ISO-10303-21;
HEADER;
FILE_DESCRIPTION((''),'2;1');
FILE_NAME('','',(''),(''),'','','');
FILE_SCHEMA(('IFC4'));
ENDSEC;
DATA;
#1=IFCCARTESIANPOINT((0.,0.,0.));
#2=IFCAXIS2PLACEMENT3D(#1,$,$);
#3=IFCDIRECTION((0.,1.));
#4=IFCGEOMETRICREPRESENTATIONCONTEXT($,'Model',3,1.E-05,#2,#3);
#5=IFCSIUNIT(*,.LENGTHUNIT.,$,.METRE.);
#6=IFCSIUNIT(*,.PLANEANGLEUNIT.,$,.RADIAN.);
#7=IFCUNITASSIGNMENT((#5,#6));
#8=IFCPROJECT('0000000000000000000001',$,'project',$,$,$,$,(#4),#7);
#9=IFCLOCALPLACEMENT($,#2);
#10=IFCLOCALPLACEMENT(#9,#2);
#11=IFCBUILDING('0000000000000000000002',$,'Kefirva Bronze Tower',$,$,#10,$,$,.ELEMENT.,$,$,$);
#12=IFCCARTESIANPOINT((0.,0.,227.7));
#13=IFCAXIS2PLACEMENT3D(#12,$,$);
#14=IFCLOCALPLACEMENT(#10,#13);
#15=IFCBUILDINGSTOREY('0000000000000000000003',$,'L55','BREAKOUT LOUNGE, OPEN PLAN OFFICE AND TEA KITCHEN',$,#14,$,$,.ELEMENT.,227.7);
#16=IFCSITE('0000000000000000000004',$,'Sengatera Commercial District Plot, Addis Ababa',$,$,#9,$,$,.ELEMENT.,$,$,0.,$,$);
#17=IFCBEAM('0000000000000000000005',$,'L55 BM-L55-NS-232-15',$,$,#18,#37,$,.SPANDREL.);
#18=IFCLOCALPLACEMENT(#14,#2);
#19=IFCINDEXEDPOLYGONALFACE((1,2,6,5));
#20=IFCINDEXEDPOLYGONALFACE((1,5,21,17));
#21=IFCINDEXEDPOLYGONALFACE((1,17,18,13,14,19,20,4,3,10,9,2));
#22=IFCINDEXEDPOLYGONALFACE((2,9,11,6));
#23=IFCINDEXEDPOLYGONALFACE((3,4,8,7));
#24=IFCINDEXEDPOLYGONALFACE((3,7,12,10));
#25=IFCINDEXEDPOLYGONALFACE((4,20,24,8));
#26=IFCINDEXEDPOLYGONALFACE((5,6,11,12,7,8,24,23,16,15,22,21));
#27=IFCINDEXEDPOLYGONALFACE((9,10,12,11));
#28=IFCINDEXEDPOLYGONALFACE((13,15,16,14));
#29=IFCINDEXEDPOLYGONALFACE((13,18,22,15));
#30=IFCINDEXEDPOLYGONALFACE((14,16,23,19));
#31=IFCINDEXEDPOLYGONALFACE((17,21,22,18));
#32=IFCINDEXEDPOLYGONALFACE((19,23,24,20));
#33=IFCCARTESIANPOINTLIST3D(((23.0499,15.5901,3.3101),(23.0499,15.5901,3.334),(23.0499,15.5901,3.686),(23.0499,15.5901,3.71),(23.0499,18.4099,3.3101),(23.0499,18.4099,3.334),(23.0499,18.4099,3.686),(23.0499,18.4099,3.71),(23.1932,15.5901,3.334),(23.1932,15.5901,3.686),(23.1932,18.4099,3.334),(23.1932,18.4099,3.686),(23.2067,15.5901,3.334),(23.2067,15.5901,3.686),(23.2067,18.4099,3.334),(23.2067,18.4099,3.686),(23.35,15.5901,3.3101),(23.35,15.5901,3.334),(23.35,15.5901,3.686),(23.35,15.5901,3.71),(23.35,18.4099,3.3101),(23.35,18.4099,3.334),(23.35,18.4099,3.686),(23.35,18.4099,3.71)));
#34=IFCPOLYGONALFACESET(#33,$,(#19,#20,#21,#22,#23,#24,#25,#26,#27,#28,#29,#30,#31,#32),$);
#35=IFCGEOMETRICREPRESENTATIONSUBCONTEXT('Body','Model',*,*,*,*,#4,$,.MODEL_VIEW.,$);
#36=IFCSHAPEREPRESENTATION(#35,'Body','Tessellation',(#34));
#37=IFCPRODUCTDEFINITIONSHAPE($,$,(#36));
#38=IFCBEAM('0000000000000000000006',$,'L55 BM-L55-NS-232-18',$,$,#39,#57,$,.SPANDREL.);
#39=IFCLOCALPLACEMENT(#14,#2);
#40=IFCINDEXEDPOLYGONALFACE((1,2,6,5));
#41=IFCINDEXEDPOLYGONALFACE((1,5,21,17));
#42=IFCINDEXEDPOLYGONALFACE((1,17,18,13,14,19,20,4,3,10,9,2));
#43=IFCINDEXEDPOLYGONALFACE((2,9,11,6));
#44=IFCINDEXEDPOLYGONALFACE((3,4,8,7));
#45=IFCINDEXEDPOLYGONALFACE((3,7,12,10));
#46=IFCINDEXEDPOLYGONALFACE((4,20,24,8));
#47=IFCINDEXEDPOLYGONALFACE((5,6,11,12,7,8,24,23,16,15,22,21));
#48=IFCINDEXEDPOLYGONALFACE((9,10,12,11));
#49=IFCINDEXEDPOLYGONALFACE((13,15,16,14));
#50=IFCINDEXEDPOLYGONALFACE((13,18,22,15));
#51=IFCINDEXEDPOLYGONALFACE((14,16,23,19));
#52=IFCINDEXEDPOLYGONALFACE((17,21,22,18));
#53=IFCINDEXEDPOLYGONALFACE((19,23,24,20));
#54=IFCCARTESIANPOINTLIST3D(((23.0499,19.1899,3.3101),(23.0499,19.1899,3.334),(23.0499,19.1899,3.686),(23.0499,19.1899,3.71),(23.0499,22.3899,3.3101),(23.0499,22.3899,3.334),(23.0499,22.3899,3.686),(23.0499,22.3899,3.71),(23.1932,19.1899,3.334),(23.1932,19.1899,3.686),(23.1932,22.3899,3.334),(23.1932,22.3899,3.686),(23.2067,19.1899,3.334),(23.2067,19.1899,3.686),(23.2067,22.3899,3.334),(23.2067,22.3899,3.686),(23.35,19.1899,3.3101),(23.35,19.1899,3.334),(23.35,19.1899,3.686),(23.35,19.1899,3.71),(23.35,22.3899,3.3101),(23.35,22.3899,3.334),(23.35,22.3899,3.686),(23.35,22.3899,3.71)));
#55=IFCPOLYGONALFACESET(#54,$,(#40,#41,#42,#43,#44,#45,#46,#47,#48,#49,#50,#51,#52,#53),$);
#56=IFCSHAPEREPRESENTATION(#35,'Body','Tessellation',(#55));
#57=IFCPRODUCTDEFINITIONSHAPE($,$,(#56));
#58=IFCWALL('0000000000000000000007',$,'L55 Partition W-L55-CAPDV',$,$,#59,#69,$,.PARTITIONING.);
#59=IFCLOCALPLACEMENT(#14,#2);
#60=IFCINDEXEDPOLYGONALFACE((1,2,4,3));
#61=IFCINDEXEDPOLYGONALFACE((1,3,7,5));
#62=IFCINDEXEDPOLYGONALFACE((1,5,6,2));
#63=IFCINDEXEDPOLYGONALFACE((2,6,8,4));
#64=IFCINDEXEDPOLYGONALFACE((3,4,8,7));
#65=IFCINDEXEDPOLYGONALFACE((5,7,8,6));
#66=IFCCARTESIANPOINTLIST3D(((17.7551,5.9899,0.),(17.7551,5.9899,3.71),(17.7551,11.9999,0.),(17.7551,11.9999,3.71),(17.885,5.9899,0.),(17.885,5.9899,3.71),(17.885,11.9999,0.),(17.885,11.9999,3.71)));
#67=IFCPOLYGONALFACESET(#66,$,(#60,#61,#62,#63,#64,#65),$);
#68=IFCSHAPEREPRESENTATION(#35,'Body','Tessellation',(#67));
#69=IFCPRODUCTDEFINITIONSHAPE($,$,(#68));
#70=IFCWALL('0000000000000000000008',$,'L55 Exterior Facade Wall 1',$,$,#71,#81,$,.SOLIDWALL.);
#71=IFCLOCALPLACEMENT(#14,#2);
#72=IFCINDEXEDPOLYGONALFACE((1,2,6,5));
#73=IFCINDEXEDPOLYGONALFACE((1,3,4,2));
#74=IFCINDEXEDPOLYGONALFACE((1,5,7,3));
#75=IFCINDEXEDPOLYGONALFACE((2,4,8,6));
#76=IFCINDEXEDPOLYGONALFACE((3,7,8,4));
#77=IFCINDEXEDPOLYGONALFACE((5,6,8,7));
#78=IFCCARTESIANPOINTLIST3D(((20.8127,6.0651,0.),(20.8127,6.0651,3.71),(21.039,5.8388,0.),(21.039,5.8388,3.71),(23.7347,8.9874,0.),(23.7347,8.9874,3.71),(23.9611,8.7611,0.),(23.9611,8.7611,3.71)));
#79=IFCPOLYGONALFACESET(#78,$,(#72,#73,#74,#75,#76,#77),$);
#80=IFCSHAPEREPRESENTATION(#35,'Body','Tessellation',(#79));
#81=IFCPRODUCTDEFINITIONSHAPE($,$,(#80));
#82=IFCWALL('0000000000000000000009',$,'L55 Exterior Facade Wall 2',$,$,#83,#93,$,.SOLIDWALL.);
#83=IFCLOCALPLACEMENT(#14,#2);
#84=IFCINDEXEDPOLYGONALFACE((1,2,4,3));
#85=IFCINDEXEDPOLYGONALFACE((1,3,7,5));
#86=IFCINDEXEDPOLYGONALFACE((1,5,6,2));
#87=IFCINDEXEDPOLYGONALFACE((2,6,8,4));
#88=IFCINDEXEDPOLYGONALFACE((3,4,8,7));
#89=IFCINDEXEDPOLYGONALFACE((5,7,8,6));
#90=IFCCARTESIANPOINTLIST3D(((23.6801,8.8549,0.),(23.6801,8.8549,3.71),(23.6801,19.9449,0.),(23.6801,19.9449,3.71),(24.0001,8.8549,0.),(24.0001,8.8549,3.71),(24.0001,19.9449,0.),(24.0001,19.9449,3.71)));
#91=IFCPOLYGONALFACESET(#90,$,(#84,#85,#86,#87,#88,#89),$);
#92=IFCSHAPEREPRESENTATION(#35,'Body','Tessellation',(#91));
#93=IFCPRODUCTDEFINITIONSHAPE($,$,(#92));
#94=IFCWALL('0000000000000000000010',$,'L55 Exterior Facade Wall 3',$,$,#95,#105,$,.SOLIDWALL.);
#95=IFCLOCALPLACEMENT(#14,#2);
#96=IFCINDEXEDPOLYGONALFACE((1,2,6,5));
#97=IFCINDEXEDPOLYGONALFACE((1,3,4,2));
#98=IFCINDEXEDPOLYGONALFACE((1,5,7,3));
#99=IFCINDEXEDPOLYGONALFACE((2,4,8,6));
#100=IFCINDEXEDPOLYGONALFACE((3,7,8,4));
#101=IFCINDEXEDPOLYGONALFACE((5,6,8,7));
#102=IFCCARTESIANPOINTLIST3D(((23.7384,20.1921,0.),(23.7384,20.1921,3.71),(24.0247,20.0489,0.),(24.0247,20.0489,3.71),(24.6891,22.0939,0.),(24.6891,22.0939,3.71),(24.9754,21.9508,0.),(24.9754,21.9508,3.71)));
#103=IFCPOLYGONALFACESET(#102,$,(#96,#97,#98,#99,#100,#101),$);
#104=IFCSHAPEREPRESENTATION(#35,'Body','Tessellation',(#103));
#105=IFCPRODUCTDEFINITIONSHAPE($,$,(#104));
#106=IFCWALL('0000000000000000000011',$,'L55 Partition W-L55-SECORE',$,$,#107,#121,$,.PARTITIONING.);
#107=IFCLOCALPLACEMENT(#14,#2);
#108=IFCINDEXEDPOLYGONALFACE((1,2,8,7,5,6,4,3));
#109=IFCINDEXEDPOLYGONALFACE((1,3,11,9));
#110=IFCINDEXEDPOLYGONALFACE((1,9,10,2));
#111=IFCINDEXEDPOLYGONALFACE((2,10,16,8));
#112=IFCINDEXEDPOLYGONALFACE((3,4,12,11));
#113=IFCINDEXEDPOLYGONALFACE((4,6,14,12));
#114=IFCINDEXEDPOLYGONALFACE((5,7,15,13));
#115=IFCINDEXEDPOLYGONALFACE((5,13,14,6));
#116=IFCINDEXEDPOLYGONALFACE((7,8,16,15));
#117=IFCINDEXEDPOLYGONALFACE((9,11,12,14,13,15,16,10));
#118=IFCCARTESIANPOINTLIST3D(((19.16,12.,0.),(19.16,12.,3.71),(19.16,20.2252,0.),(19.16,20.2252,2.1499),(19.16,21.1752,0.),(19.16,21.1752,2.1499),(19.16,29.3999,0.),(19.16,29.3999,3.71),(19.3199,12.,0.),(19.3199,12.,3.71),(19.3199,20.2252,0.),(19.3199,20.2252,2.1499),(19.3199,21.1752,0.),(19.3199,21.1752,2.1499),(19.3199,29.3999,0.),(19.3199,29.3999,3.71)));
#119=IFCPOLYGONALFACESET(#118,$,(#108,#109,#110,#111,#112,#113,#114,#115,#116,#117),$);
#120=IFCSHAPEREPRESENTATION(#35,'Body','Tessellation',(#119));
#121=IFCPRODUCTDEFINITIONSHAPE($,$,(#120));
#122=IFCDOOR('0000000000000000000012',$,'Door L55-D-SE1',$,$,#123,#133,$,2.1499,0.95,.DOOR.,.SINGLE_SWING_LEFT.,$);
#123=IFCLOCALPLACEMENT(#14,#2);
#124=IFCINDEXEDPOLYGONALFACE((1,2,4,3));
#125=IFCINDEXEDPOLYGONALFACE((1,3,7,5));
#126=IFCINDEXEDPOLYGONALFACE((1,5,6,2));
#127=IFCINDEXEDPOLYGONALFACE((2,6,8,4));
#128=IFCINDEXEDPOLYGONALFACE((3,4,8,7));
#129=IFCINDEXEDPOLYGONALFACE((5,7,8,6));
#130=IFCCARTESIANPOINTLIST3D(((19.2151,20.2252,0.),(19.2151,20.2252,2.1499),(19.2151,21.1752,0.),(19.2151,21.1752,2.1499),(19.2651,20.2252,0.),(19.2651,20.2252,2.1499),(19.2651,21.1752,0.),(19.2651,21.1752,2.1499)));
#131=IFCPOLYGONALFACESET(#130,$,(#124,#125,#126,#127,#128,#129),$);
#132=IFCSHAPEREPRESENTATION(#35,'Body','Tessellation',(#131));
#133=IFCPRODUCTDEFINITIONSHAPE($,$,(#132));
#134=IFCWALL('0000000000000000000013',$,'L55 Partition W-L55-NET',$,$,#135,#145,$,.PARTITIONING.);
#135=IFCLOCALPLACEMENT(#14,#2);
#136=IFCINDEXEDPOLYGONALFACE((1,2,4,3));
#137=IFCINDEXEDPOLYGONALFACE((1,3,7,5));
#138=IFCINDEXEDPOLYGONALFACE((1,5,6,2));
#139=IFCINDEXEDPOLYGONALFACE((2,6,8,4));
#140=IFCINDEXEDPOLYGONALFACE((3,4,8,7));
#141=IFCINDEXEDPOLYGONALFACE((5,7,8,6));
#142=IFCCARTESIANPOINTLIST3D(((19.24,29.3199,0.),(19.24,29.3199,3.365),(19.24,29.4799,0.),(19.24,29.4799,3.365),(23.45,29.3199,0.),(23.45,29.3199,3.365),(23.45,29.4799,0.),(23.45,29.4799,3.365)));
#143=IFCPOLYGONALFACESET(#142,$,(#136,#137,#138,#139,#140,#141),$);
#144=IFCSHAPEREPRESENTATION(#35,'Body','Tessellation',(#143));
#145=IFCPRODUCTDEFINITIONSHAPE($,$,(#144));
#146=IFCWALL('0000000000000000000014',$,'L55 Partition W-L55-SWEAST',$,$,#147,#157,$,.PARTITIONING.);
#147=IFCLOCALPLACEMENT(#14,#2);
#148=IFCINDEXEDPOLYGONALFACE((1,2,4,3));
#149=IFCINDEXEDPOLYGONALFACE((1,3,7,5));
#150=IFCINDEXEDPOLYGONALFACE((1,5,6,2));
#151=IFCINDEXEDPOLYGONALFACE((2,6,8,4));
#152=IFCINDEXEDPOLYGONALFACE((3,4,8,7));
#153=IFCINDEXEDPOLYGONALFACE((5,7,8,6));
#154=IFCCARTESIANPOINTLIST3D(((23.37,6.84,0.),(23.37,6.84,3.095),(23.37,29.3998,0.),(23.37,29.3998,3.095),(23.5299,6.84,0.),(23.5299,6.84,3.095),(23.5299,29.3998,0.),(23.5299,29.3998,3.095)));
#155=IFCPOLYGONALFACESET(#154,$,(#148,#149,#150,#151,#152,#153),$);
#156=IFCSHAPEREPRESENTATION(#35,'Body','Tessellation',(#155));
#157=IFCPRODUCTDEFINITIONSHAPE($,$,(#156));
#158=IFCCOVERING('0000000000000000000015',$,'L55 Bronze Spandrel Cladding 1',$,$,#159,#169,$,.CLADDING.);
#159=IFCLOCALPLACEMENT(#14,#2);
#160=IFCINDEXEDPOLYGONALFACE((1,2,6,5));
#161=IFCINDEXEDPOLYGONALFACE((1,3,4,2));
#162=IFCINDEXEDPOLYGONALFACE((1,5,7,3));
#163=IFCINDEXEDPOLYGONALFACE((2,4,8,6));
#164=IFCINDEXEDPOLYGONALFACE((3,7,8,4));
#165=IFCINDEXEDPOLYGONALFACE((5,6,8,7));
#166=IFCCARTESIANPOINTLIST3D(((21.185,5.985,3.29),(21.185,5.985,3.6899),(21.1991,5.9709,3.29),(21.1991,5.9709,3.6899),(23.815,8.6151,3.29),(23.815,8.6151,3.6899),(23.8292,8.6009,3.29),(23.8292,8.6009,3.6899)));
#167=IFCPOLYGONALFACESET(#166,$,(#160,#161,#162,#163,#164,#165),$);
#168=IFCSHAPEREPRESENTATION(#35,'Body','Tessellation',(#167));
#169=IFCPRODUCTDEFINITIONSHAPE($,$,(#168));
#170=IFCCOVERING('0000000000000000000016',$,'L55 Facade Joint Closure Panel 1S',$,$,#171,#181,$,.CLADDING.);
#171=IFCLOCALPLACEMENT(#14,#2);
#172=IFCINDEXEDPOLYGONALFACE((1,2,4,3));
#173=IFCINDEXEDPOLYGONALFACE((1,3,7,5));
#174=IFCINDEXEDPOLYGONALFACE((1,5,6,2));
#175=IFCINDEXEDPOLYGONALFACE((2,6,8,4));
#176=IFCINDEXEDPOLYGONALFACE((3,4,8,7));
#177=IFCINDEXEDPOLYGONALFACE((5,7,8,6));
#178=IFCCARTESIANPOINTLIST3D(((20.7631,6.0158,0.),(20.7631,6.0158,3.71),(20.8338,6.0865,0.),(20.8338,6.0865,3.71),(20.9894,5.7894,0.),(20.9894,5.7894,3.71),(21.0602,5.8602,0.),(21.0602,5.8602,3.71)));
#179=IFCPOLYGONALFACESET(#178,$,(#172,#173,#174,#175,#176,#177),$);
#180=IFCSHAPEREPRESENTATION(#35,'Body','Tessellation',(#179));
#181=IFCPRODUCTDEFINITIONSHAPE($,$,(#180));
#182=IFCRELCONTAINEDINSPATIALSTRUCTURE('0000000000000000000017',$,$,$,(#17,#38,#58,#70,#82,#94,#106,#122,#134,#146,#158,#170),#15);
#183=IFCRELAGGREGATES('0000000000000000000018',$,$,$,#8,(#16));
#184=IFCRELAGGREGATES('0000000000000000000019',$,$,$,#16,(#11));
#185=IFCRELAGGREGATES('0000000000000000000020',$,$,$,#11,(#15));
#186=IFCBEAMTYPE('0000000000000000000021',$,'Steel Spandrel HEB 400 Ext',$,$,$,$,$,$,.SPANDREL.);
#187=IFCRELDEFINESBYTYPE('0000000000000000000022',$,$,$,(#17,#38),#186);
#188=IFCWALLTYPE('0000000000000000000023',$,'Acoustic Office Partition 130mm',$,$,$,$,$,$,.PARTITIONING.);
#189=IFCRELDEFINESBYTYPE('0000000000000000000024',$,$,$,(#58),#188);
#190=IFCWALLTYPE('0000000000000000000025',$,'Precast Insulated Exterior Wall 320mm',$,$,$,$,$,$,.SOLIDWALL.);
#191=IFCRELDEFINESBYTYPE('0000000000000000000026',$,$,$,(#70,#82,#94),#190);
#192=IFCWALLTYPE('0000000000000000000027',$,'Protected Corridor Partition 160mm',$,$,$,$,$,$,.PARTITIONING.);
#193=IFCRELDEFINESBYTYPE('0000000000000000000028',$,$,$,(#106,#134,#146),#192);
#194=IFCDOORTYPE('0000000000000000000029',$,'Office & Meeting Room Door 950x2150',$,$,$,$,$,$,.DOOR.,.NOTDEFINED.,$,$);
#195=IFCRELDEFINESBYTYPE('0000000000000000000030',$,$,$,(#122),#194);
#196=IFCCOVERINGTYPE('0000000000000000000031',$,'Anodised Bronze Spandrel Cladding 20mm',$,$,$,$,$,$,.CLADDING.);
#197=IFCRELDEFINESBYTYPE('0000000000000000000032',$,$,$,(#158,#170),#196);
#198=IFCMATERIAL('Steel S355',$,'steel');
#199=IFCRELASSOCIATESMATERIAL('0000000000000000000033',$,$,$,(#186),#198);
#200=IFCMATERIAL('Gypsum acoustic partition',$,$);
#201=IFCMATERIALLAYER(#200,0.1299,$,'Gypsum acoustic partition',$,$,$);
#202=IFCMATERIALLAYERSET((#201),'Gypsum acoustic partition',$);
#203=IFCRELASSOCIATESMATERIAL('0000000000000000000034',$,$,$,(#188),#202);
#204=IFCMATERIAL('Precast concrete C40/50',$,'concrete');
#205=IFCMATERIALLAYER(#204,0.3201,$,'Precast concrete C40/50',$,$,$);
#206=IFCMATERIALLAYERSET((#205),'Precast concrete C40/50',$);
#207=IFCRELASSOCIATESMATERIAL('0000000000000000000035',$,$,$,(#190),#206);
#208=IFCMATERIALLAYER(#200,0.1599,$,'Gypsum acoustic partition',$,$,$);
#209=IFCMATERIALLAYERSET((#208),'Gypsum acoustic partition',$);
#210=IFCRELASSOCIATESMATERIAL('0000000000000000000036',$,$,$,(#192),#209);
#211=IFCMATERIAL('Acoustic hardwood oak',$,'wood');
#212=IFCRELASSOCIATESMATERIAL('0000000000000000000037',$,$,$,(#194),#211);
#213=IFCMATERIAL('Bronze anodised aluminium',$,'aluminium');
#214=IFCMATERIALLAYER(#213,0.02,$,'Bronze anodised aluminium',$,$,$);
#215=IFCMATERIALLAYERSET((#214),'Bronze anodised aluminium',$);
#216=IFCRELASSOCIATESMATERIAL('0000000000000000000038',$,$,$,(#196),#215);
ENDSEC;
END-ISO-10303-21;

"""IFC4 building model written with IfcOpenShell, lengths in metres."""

from ifc_helpers import new_model, si_unit, direction, frame, frame_2d, origin, origin_2d, place, context, subcontext, project, spatial, rectangle, i_section, extrude, material, layer, layer_set, material_profile, profile_set, type_object, element, fill, save


model = new_model("IFC4")

# Units and contexts
model_context = context("Model", 3, precision=1e-05, world=origin(), true_north=direction((0.0, 1.0)))
body_context = subcontext(model_context, "Body", "Model", "MODEL_VIEW")
ifc_project = project(units=[si_unit("LENGTHUNIT", "METRE"), si_unit("PLANEANGLEUNIT", "RADIAN")], contexts=[model_context])

# Site, building, storey
site_placement = place(None, origin())
site = spatial("IfcSite", under=ifc_project, at=site_placement, Name="Sengatera Commercial District Plot, Addis Ababa", CompositionType="ELEMENT", RefElevation=0.0)
building_placement = place(site_placement, origin())
building = spatial("IfcBuilding", under=site, at=building_placement, Name="Kefirva Bronze Tower", CompositionType="ELEMENT")
storey_placement = place(building_placement, frame((0.0, 0.0, 227.7)))
storey = spatial("IfcBuildingStorey", under=building, at=storey_placement, Name="L55", Description="BREAKOUT LOUNGE, OPEN PLAN OFFICE AND TEA KITCHEN", CompositionType="ELEMENT", Elevation=227.7)

# Shared definitions
ifc_material_1 = material(Name="Bronze anodised aluminium", Category="aluminium")

# Beams
ifc_material_2 = material(Name="Steel S355", Category="steel")
ifc_material_profile_1 = material_profile(ifc_material_2, i_section(OverallWidth=0.3, OverallDepth=0.3999, WebThickness=0.0134, FlangeThickness=0.0239, at=origin_2d()), Name="HEB 400")
ifc_profile_set_1 = profile_set([ifc_material_profile_1], Name="Steel S355")
beam_type_1 = type_object("IfcBeamType", Name="Steel Spandrel HEB 400 Ext", PredefinedType="SPANDREL", material=ifc_profile_set_1)
beam_1_placement = place(storey_placement, frame((23.2, 15.5901, 3.51), z_axis=(0.0, 1.0, 0.0), x_axis=(-1.0, 0.0, 0.0)))
element("IfcBeam", 1, at=beam_1_placement, inside=storey, type_object=beam_type_1, Name="L55 BM-L55-NS-232-15", PredefinedType="SPANDREL", context=body_context, shape_type="SweptSolid", body=[
    extrude(i_section(OverallWidth=0.3, OverallDepth=0.3999, WebThickness=0.0134, FlangeThickness=0.0239, at=origin_2d()), origin(), (0.0, 0.0, 1.0), 2.8198),
])
beam_2_placement = place(storey_placement, frame((23.2, 19.1899, 3.51), z_axis=(0.0, 1.0, 0.0), x_axis=(-1.0, 0.0, 0.0)))
element("IfcBeam", 2, at=beam_2_placement, inside=storey, type_object=beam_type_1, Name="L55 BM-L55-NS-232-18", PredefinedType="SPANDREL", context=body_context, shape_type="SweptSolid", body=[
    extrude(i_section(OverallWidth=0.3, OverallDepth=0.3999, WebThickness=0.0134, FlangeThickness=0.0239, at=origin_2d()), origin(), (0.0, 0.0, 1.0), 3.2),
])

# Walls
ifc_material_3 = material(Name="Gypsum acoustic partition")
ifc_layer_1 = layer(ifc_material_3, 0.1299, Name="Gypsum acoustic partition")
ifc_layer_set_1 = layer_set([ifc_layer_1], Name="Gypsum acoustic partition")
wall_type_1 = type_object("IfcWallType", Name="Acoustic Office Partition 130mm", PredefinedType="PARTITIONING", material=ifc_layer_set_1)
wall_1_placement = place(storey_placement, frame((17.8201, 5.99, 0.0), z_axis=(0.0, 0.0, 1.0), x_axis=(0.0, 1.0, 0.0)))
element("IfcWall", 3, at=wall_1_placement, inside=storey, type_object=wall_type_1, Name="L55 Partition W-L55-CAPDV", PredefinedType="PARTITIONING", context=body_context, shape_type="SweptSolid", body=[
    extrude(rectangle(XDim=6.01, YDim=0.1299, at=frame_2d((3.0049, 0.0))), origin(), (0.0, 0.0, 1.0), 3.71),
])
ifc_material_4 = material(Name="Precast concrete C40/50", Category="concrete")
ifc_layer_2 = layer(ifc_material_4, 0.3201, Name="Precast concrete C40/50")
ifc_layer_set_2 = layer_set([ifc_layer_2], Name="Precast concrete C40/50")
wall_type_2 = type_object("IfcWallType", Name="Precast Insulated Exterior Wall 320mm", PredefinedType="SOLIDWALL", material=ifc_layer_set_2)
wall_2_placement = place(storey_placement, frame((20.9258, 5.9519, 0.0), z_axis=(0.0, 0.0, 1.0), x_axis=(0.707077, 0.707136, 0.0)))
element("IfcWall", 4, at=wall_2_placement, inside=storey, type_object=wall_type_2, Name="L55 Exterior Facade Wall 1", PredefinedType="SOLIDWALL", context=body_context, shape_type="SweptSolid", body=[
    extrude(rectangle(XDim=4.1326, YDim=0.3201, at=frame_2d((2.0664, 0.0))), origin(), (0.0, 0.0, 1.0), 3.71),
])
wall_3_placement = place(storey_placement, frame((23.8401, 8.855, 0.0), z_axis=(0.0, 0.0, 1.0), x_axis=(0.0, 1.0, 0.0)))
element("IfcWall", 5, at=wall_3_placement, inside=storey, type_object=wall_type_2, Name="L55 Exterior Facade Wall 2", PredefinedType="SOLIDWALL", context=body_context, shape_type="SweptSolid", body=[
    extrude(rectangle(XDim=11.0901, YDim=0.3201, at=frame_2d((5.5449, 0.0))), origin(), (0.0, 0.0, 1.0), 3.71),
])
wall_4_placement = place(storey_placement, frame((23.8816, 20.1206, 0.0), z_axis=(0.0, 0.0, 1.0), x_axis=(0.447122, 0.894473, 0.0)))
element("IfcWall", 6, at=wall_4_placement, inside=storey, type_object=wall_type_2, Name="L55 Exterior Facade Wall 3", PredefinedType="SOLIDWALL", context=body_context, shape_type="SweptSolid", body=[
    extrude(rectangle(XDim=2.1262, YDim=0.3201, at=frame_2d((1.063, 0.0))), origin(), (0.0, 0.0, 1.0), 3.71),
])

# Wall, opening, door
ifc_layer_3 = layer(ifc_material_3, 0.1599, Name="Gypsum acoustic partition")
ifc_layer_set_3 = layer_set([ifc_layer_3], Name="Gypsum acoustic partition")
wall_type_3 = type_object("IfcWallType", Name="Protected Corridor Partition 160mm", PredefinedType="PARTITIONING", material=ifc_layer_set_3)
wall_5_placement = place(storey_placement, frame((19.24, 12.0, 0.0), z_axis=(0.0, 0.0, 1.0), x_axis=(0.0, 1.0, 0.0)))
wall_5 = element("IfcWall", 7, at=wall_5_placement, inside=storey, type_object=wall_type_3, Name="L55 Partition W-L55-SECORE", PredefinedType="PARTITIONING", context=body_context, shape_type="SweptSolid", body=[
    extrude(rectangle(XDim=17.3999, YDim=0.1599, at=frame_2d((8.7, 0.0))), origin(), (0.0, 0.0, 1.0), 3.71),
])
opening_placement = place(wall_5_placement, frame((8.2251, 0.0, 0.0)))
opening = element("IfcOpeningElement", 8, at=opening_placement, cuts=wall_5, PredefinedType="OPENING", context=body_context, shape_type="SweptSolid", body=[
    extrude(rectangle(XDim=0.95, YDim=2.1499, at=frame_2d((0.4751, 1.075))), frame((0.0, 0.0898, 0.0), z_axis=(0.0, -1.0, 0.0), x_axis=(1.0, 0.0, 0.0)), (0.0, 0.0, 1.0), 0.1799),
])
ifc_material_5 = material(Name="Acoustic hardwood oak", Category="wood")
door_type = type_object("IfcDoorType", Name="Office & Meeting Room Door 950x2150", OperationType="NOTDEFINED", PredefinedType="DOOR", material=ifc_material_5)
door_placement = place(opening_placement, origin())
door = element("IfcDoor", 9, at=door_placement, inside=storey, type_object=door_type, Name="Door L55-D-SE1", OperationType="SINGLE_SWING_LEFT", OverallHeight=2.1499, OverallWidth=0.95, PredefinedType="DOOR", context=body_context, shape_type="SweptSolid", body=[
    extrude(rectangle(XDim=0.95, YDim=2.1499, at=frame_2d((0.4751, 1.075))), frame((0.0, 0.0249, 0.0), z_axis=(0.0, -1.0, 0.0), x_axis=(1.0, 0.0, 0.0)), (0.0, 0.0, 1.0), 0.05),
])
fill(opening, door)

# Walls
wall_6_placement = place(storey_placement, frame((19.24, 29.3999, 0.0), z_axis=(0.0, 0.0, 1.0), x_axis=(1.0, 0.0, 0.0)))
element("IfcWall", 10, at=wall_6_placement, inside=storey, type_object=wall_type_3, Name="L55 Partition W-L55-NET", PredefinedType="PARTITIONING", context=body_context, shape_type="SweptSolid", body=[
    extrude(rectangle(XDim=4.21, YDim=0.1599, at=frame_2d((2.105, 0.0))), origin(), (0.0, 0.0, 1.0), 3.365),
])
wall_7_placement = place(storey_placement, frame((23.45, 6.8401, 0.0), z_axis=(0.0, 0.0, 1.0), x_axis=(0.0, 1.0, 0.0)))
element("IfcWall", 11, at=wall_7_placement, inside=storey, type_object=wall_type_3, Name="L55 Partition W-L55-SWEAST", PredefinedType="PARTITIONING", context=body_context, shape_type="SweptSolid", body=[
    extrude(rectangle(XDim=22.5598, YDim=0.1599, at=frame_2d((11.2798, 0.0))), origin(), (0.0, 0.0, 1.0), 3.095),
])

# Coverings
ifc_layer_4 = layer(ifc_material_1, 0.02, Name="Bronze anodised aluminium")
ifc_layer_set_4 = layer_set([ifc_layer_4], Name="Bronze anodised aluminium")
covering_type_1 = type_object("IfcCoveringType", Name="Anodised Bronze Spandrel Cladding 20mm", PredefinedType="CLADDING", material=ifc_layer_set_4)
covering_1_placement = place(storey_placement, frame((22.5071, 7.293, 3.29), z_axis=(0.0, 0.0, 1.0), x_axis=(0.707107, 0.707107, 0.0)))
element("IfcCovering", 12, at=covering_1_placement, inside=storey, type_object=covering_type_1, Name="L55 Bronze Spandrel Cladding 1", PredefinedType="CLADDING", context=body_context, shape_type="SweptSolid", body=[
    extrude(rectangle(XDim=3.7195, YDim=0.02, at=origin_2d()), origin(), (0.0, 0.0, 1.0), 0.3999),
])
for number, where, z_axis, x_axis, name in (
    (13, (20.9116, 5.938, 0.0), (0.0, 0.0, 1.0), (0.707107, 0.707107, 0.0), "L55 Facade Joint Closure Panel 1S"),
):
    element("IfcCovering", number, at=place(storey_placement, frame(where, z_axis=z_axis, x_axis=x_axis)), inside=storey, type_object=covering_type_1, Name=name, PredefinedType="CLADDING", context=body_context, shape_type="SweptSolid", body=[
        extrude(rectangle(XDim=0.1001, YDim=0.3201, at=origin_2d()), origin(), (0.0, 0.0, 1.0), 3.71),
    ])

save(model, "model.ifc")
